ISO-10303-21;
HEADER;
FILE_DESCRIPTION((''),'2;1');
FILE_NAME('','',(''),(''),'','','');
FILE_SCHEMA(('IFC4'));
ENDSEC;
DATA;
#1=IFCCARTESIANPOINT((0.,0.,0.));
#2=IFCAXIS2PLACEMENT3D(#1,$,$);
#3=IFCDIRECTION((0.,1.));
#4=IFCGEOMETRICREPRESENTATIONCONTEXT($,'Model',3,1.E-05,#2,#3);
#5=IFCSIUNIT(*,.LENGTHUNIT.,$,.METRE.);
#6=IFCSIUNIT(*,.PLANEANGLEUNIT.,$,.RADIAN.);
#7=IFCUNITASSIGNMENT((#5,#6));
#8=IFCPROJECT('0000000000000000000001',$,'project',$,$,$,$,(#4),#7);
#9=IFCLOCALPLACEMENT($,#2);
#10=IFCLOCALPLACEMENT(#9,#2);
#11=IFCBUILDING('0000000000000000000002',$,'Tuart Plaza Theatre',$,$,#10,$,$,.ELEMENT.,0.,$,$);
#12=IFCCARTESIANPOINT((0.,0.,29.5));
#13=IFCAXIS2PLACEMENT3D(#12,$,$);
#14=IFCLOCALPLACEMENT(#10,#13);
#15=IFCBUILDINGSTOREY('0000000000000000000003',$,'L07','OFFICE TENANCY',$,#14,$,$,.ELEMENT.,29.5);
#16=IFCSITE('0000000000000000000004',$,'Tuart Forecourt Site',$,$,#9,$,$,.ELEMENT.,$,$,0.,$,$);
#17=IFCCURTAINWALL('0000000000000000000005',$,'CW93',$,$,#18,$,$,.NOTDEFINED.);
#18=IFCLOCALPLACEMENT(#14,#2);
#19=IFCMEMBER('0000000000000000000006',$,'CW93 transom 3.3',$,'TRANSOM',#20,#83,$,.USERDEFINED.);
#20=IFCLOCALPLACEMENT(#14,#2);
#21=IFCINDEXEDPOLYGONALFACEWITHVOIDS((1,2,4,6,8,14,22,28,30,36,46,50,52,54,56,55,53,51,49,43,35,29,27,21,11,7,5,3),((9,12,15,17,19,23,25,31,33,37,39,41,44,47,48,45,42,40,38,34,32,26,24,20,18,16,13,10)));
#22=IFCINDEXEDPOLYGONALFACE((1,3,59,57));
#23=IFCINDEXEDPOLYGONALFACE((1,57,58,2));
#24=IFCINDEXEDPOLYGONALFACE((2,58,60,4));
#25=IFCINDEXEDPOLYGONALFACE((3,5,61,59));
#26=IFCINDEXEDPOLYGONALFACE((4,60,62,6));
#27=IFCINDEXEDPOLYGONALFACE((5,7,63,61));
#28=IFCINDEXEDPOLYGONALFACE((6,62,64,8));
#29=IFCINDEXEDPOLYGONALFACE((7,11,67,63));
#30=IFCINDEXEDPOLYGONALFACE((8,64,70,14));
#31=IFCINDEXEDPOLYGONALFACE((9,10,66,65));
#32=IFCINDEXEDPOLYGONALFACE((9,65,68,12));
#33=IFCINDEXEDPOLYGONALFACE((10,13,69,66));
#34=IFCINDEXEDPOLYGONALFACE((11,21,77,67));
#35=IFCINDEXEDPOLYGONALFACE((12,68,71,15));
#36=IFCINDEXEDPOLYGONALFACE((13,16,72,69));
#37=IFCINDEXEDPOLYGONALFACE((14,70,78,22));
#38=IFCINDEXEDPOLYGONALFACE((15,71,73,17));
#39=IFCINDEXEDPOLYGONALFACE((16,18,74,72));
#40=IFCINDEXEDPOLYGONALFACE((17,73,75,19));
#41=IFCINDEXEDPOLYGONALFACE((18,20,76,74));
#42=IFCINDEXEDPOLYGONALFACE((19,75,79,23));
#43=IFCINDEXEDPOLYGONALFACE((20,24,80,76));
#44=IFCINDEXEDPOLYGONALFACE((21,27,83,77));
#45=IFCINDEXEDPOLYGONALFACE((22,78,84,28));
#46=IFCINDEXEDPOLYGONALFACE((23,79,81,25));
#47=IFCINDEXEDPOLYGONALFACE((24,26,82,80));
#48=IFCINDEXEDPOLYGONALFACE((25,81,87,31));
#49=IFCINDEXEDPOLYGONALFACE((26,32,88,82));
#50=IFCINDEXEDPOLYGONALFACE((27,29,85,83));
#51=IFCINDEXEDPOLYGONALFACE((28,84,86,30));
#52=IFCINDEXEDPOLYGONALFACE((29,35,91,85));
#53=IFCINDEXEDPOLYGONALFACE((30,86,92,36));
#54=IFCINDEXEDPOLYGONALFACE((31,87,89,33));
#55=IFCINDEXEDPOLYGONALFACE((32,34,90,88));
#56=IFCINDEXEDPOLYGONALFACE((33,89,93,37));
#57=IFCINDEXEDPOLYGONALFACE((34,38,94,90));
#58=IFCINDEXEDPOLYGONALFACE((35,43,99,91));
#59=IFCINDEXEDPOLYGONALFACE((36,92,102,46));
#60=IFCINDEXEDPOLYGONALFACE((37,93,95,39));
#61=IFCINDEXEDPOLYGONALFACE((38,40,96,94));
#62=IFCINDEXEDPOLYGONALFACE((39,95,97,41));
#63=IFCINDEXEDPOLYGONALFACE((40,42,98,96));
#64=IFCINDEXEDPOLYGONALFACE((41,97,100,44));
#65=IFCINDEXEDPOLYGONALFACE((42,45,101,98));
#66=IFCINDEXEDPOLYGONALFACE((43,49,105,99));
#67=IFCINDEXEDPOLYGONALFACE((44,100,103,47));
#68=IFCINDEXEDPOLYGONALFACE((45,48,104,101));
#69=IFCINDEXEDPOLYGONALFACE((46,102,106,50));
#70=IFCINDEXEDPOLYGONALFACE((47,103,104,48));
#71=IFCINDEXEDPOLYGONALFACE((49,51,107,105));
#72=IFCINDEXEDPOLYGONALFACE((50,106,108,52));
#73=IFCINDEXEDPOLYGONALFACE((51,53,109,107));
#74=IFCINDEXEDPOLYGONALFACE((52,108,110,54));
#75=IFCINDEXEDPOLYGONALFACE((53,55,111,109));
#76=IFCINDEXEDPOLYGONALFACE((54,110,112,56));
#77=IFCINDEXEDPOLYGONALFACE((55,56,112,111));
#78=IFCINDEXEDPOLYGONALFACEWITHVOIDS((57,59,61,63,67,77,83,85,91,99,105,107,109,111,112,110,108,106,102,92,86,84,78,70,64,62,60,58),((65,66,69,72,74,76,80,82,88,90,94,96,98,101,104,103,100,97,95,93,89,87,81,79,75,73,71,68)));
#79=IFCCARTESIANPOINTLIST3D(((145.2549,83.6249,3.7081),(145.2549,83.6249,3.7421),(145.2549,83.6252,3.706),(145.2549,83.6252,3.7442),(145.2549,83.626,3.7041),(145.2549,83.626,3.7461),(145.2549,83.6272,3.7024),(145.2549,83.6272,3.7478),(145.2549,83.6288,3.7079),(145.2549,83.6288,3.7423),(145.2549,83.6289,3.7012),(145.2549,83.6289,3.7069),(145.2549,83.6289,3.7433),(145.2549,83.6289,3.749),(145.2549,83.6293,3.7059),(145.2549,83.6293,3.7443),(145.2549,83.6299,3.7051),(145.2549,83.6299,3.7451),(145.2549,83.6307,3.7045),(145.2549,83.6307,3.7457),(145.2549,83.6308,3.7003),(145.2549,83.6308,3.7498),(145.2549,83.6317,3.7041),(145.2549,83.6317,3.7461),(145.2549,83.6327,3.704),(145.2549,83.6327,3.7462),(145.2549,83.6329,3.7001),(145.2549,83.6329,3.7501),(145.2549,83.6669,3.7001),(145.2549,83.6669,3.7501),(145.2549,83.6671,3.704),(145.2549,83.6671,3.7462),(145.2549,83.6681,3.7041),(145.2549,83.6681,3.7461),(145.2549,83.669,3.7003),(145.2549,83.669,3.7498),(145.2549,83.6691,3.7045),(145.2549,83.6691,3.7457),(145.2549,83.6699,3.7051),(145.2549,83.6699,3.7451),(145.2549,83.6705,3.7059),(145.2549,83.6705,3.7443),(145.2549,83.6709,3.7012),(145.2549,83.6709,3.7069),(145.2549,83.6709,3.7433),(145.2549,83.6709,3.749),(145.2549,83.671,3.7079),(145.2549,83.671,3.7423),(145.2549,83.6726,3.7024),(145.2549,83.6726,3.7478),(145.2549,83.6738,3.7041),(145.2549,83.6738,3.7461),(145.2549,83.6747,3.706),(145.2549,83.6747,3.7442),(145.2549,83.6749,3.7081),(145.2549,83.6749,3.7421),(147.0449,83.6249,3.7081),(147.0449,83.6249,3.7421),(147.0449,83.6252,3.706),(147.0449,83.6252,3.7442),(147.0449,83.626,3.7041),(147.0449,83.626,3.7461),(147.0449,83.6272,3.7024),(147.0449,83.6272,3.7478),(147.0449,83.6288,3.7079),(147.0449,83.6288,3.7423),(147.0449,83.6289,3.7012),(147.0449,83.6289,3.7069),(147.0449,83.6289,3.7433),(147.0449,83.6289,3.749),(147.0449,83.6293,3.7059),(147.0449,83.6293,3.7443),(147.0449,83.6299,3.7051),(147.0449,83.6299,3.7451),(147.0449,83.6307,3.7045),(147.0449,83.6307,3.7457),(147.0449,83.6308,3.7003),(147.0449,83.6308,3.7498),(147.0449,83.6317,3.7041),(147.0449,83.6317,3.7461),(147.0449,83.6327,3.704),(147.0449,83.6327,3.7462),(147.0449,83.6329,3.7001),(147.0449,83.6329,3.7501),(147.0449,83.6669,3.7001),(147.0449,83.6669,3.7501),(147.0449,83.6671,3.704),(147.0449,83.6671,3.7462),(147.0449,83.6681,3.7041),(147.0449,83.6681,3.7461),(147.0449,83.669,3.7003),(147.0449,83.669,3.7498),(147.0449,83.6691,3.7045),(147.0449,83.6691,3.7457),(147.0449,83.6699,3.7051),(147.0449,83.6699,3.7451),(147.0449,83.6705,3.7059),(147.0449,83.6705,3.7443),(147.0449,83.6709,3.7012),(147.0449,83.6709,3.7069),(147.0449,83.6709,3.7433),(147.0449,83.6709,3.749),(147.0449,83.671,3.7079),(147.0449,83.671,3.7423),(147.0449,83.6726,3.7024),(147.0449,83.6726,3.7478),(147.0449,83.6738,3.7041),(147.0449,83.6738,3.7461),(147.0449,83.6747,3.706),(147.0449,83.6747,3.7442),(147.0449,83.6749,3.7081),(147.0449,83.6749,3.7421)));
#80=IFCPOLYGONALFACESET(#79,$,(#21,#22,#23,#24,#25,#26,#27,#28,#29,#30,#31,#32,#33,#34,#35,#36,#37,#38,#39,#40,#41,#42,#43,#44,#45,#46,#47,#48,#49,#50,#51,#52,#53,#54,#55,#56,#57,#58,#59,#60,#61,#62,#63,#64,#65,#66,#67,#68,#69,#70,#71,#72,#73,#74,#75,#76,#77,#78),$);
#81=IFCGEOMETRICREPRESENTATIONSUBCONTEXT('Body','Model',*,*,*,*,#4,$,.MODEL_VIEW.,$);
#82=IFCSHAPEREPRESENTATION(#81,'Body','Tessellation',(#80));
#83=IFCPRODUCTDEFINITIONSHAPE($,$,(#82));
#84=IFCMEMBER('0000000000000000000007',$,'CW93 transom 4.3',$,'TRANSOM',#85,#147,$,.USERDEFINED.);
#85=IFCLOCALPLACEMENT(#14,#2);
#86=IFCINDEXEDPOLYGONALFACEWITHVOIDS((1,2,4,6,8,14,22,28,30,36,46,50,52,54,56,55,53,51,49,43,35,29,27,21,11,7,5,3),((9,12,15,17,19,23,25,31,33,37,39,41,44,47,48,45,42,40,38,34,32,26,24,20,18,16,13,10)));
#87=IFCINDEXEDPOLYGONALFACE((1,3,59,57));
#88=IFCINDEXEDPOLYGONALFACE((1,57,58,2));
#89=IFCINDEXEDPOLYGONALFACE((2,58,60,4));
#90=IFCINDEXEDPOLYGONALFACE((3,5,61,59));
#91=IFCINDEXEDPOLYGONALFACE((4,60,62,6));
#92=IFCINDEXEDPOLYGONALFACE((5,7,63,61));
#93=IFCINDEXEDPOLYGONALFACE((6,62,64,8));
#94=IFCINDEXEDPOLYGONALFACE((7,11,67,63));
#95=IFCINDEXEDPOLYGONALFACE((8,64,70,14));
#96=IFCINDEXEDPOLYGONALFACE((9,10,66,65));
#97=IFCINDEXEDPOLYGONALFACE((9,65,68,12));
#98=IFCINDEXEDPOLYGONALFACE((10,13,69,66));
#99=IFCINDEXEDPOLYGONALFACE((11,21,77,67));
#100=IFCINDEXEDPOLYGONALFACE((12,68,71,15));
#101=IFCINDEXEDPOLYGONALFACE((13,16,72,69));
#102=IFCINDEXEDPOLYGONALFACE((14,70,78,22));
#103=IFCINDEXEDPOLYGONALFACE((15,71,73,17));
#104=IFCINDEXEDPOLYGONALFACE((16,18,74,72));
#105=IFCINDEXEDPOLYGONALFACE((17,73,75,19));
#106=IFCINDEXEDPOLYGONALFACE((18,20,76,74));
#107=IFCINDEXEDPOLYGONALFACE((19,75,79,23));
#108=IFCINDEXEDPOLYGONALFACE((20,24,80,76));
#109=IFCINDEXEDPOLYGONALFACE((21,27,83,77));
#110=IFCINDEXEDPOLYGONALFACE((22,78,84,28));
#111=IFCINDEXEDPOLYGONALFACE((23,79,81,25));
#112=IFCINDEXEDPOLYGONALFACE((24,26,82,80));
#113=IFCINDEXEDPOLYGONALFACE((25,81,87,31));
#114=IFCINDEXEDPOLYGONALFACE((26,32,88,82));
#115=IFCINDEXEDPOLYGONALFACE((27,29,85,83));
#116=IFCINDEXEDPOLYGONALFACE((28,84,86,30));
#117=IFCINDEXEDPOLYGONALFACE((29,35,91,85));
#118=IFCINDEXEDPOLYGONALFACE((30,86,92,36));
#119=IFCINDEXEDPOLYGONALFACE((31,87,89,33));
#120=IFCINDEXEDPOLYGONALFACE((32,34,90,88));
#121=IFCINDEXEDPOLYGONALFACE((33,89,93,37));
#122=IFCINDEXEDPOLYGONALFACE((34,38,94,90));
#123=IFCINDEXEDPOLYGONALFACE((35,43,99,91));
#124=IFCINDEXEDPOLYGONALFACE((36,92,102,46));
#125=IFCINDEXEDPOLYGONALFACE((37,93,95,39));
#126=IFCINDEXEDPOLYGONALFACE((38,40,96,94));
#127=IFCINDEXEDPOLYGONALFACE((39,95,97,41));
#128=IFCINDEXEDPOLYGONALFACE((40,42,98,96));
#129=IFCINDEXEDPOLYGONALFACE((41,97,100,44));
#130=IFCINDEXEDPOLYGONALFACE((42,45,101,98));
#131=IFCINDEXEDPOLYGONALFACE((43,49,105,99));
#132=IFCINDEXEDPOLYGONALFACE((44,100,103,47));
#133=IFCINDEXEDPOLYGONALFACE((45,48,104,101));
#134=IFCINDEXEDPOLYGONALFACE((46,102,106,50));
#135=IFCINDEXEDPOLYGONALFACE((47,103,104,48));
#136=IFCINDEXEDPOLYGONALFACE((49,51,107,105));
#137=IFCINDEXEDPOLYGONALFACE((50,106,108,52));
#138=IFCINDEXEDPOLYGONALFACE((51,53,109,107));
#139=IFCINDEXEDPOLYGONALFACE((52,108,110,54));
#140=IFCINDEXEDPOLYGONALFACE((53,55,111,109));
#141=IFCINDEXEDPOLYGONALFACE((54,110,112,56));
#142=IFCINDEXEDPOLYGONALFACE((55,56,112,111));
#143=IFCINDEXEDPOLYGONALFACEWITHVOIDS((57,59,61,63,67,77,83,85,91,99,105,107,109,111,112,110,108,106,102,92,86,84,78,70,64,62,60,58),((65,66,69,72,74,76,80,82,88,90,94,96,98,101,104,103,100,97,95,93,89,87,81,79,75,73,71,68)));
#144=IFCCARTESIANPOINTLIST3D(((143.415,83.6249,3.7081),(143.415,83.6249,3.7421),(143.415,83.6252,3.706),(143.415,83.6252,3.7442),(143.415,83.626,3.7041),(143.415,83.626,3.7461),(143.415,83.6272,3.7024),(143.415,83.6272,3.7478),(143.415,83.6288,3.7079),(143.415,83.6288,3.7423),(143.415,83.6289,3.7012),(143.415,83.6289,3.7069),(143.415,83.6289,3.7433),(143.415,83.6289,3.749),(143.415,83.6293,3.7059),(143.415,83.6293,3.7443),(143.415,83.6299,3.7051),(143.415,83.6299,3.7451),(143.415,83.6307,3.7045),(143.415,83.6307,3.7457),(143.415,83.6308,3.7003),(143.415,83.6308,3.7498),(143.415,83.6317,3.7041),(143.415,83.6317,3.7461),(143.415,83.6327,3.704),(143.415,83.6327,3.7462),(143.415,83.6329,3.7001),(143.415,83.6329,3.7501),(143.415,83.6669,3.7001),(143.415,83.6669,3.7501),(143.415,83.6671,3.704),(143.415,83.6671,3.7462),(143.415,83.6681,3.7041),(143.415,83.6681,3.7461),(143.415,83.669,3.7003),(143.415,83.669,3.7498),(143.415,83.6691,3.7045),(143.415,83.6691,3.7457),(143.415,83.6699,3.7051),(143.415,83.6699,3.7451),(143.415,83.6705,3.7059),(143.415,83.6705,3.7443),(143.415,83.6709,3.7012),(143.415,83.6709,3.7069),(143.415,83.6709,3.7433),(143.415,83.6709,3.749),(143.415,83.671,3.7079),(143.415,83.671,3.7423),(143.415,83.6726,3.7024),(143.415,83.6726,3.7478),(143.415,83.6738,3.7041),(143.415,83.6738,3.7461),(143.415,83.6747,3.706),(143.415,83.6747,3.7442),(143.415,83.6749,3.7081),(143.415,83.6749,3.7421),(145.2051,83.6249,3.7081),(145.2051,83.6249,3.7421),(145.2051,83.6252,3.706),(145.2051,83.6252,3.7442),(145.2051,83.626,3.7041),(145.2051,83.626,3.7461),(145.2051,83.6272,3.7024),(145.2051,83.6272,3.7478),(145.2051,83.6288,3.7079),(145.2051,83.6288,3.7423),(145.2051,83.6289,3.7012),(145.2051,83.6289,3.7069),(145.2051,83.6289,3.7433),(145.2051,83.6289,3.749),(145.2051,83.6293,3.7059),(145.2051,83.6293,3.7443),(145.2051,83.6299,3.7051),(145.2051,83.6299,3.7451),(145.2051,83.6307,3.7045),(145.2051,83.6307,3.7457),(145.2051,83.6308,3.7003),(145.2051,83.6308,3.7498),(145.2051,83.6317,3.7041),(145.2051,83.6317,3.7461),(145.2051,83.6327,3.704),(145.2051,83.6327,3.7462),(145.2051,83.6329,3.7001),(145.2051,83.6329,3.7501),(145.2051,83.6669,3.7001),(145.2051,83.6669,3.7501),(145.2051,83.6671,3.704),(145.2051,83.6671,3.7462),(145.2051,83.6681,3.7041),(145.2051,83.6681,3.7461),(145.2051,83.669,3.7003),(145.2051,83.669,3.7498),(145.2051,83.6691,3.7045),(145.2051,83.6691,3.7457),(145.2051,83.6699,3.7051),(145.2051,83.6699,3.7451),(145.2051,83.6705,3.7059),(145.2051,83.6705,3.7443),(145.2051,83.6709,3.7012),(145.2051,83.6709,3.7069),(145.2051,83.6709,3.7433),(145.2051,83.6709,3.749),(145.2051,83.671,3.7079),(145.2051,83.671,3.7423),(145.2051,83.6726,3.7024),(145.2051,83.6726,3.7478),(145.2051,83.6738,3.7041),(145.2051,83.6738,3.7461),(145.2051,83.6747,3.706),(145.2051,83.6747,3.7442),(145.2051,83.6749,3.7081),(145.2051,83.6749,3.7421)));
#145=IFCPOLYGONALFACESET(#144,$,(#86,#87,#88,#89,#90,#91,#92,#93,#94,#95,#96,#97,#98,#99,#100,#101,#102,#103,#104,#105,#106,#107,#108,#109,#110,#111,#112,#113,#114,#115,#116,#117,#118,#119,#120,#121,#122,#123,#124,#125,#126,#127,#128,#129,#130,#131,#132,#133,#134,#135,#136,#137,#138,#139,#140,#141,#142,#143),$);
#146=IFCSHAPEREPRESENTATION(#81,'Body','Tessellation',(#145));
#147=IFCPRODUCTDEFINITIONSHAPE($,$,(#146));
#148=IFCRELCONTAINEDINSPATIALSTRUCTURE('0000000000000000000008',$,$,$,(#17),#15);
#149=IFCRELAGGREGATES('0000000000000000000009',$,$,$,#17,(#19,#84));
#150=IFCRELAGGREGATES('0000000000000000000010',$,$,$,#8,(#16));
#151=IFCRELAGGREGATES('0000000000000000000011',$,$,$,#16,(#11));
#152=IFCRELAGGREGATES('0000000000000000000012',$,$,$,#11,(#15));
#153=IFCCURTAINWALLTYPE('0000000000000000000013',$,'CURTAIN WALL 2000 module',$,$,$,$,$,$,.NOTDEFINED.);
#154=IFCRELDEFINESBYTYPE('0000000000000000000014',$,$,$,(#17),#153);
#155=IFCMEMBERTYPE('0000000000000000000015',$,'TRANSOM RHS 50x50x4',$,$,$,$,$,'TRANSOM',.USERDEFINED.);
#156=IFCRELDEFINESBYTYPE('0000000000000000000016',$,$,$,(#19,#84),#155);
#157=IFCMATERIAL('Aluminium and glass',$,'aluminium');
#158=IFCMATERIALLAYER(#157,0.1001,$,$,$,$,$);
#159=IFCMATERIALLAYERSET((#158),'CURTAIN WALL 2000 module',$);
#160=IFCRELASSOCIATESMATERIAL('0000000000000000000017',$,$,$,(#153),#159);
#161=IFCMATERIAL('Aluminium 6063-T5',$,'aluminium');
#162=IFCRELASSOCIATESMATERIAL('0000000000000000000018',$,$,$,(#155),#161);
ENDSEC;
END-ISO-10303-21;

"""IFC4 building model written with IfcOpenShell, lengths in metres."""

from ifc_helpers import new_model, si_unit, direction, frame, origin, origin_2d, place, context, subcontext, project, spatial, hollow_rectangle, extrude, material, layer, layer_set, material_profile, profile_set, type_object, element, aggregate, save


model = new_model("IFC4")

# Units and contexts
model_context = context("Model", 3, precision=1e-05, world=origin(), true_north=direction((0.0, 1.0)))
body_context = subcontext(model_context, "Body", "Model", "MODEL_VIEW")
ifc_project = project(units=[si_unit("LENGTHUNIT", "METRE"), si_unit("PLANEANGLEUNIT", "RADIAN")], contexts=[model_context])

# Site, building, storey
site_placement = place(None, origin())
site = spatial("IfcSite", under=ifc_project, at=site_placement, Name="Tuart Forecourt Site", CompositionType="ELEMENT", RefElevation=0.0)
building_placement = place(site_placement, origin())
building = spatial("IfcBuilding", under=site, at=building_placement, Name="Tuart Plaza Theatre", CompositionType="ELEMENT", ElevationOfRefHeight=0.0)
storey_placement = place(building_placement, frame((0.0, 0.0, 29.5)))
storey = spatial("IfcBuildingStorey", under=building, at=storey_placement, Name="L07", Description="OFFICE TENANCY", CompositionType="ELEMENT", Elevation=29.5)

# Curtain wall
ifc_material_1 = material(Name="Aluminium and glass", Category="aluminium")
ifc_layer_1 = layer(ifc_material_1, 0.1001)
ifc_layer_set_1 = layer_set([ifc_layer_1], Name="CURTAIN WALL 2000 module")
curtain_wall_type = type_object("IfcCurtainWallType", Name="CURTAIN WALL 2000 module", PredefinedType="NOTDEFINED", material=ifc_layer_set_1)
curtain_wall_1_placement = place(storey_placement, origin())
curtain_wall_1 = element("IfcCurtainWall", 1, at=curtain_wall_1_placement, inside=storey, type_object=curtain_wall_type, Name="CW93", PredefinedType="NOTDEFINED")

# Members
ifc_material_2 = material(Name="Aluminium 6063-T5", Category="aluminium")
ifc_material_profile_1 = material_profile(ifc_material_2, hollow_rectangle(XDim=0.05, YDim=0.05, WallThickness=0.0039, InnerFilletRadius=0.0039, OuterFilletRadius=0.0081, at=origin_2d()), Name="RHS 50x50x4")
ifc_profile_set_1 = profile_set([ifc_material_profile_1], Name="Aluminium 6063-T5")
member_type_1 = type_object("IfcMemberType", Name="TRANSOM RHS 50x50x4", ElementType="TRANSOM", PredefinedType="USERDEFINED", material=ifc_profile_set_1)
member_1_placement = place(storey_placement, frame((147.0449, 83.6499, 3.7251), z_axis=(-1.0, 0.0, 0.0), x_axis=(0.0, -1.0, 0.0)))
member_1 = element("IfcMember", 2, at=member_1_placement, type_object=member_type_1, Name="CW93 transom 3.3", ObjectType="TRANSOM", PredefinedType="USERDEFINED", context=body_context, shape_type="SweptSolid", body=[
    extrude(hollow_rectangle(XDim=0.05, YDim=0.05, WallThickness=0.0039, InnerFilletRadius=0.0039, OuterFilletRadius=0.0081, at=origin_2d()), origin(), (0.0, 0.0, 1.0), 1.79),
])
member_2_placement = place(storey_placement, frame((145.2051, 83.6499, 3.7251), z_axis=(-1.0, 0.0, 0.0), x_axis=(0.0, -1.0, 0.0)))
member_2 = element("IfcMember", 3, at=member_2_placement, type_object=member_type_1, Name="CW93 transom 4.3", ObjectType="TRANSOM", PredefinedType="USERDEFINED", context=body_context, shape_type="SweptSolid", body=[
    extrude(hollow_rectangle(XDim=0.05, YDim=0.05, WallThickness=0.0039, InnerFilletRadius=0.0039, OuterFilletRadius=0.0081, at=origin_2d()), origin(), (0.0, 0.0, 1.0), 1.79),
])

aggregate(curtain_wall_1, [member_1, member_2])

save(model, "model.ifc")
